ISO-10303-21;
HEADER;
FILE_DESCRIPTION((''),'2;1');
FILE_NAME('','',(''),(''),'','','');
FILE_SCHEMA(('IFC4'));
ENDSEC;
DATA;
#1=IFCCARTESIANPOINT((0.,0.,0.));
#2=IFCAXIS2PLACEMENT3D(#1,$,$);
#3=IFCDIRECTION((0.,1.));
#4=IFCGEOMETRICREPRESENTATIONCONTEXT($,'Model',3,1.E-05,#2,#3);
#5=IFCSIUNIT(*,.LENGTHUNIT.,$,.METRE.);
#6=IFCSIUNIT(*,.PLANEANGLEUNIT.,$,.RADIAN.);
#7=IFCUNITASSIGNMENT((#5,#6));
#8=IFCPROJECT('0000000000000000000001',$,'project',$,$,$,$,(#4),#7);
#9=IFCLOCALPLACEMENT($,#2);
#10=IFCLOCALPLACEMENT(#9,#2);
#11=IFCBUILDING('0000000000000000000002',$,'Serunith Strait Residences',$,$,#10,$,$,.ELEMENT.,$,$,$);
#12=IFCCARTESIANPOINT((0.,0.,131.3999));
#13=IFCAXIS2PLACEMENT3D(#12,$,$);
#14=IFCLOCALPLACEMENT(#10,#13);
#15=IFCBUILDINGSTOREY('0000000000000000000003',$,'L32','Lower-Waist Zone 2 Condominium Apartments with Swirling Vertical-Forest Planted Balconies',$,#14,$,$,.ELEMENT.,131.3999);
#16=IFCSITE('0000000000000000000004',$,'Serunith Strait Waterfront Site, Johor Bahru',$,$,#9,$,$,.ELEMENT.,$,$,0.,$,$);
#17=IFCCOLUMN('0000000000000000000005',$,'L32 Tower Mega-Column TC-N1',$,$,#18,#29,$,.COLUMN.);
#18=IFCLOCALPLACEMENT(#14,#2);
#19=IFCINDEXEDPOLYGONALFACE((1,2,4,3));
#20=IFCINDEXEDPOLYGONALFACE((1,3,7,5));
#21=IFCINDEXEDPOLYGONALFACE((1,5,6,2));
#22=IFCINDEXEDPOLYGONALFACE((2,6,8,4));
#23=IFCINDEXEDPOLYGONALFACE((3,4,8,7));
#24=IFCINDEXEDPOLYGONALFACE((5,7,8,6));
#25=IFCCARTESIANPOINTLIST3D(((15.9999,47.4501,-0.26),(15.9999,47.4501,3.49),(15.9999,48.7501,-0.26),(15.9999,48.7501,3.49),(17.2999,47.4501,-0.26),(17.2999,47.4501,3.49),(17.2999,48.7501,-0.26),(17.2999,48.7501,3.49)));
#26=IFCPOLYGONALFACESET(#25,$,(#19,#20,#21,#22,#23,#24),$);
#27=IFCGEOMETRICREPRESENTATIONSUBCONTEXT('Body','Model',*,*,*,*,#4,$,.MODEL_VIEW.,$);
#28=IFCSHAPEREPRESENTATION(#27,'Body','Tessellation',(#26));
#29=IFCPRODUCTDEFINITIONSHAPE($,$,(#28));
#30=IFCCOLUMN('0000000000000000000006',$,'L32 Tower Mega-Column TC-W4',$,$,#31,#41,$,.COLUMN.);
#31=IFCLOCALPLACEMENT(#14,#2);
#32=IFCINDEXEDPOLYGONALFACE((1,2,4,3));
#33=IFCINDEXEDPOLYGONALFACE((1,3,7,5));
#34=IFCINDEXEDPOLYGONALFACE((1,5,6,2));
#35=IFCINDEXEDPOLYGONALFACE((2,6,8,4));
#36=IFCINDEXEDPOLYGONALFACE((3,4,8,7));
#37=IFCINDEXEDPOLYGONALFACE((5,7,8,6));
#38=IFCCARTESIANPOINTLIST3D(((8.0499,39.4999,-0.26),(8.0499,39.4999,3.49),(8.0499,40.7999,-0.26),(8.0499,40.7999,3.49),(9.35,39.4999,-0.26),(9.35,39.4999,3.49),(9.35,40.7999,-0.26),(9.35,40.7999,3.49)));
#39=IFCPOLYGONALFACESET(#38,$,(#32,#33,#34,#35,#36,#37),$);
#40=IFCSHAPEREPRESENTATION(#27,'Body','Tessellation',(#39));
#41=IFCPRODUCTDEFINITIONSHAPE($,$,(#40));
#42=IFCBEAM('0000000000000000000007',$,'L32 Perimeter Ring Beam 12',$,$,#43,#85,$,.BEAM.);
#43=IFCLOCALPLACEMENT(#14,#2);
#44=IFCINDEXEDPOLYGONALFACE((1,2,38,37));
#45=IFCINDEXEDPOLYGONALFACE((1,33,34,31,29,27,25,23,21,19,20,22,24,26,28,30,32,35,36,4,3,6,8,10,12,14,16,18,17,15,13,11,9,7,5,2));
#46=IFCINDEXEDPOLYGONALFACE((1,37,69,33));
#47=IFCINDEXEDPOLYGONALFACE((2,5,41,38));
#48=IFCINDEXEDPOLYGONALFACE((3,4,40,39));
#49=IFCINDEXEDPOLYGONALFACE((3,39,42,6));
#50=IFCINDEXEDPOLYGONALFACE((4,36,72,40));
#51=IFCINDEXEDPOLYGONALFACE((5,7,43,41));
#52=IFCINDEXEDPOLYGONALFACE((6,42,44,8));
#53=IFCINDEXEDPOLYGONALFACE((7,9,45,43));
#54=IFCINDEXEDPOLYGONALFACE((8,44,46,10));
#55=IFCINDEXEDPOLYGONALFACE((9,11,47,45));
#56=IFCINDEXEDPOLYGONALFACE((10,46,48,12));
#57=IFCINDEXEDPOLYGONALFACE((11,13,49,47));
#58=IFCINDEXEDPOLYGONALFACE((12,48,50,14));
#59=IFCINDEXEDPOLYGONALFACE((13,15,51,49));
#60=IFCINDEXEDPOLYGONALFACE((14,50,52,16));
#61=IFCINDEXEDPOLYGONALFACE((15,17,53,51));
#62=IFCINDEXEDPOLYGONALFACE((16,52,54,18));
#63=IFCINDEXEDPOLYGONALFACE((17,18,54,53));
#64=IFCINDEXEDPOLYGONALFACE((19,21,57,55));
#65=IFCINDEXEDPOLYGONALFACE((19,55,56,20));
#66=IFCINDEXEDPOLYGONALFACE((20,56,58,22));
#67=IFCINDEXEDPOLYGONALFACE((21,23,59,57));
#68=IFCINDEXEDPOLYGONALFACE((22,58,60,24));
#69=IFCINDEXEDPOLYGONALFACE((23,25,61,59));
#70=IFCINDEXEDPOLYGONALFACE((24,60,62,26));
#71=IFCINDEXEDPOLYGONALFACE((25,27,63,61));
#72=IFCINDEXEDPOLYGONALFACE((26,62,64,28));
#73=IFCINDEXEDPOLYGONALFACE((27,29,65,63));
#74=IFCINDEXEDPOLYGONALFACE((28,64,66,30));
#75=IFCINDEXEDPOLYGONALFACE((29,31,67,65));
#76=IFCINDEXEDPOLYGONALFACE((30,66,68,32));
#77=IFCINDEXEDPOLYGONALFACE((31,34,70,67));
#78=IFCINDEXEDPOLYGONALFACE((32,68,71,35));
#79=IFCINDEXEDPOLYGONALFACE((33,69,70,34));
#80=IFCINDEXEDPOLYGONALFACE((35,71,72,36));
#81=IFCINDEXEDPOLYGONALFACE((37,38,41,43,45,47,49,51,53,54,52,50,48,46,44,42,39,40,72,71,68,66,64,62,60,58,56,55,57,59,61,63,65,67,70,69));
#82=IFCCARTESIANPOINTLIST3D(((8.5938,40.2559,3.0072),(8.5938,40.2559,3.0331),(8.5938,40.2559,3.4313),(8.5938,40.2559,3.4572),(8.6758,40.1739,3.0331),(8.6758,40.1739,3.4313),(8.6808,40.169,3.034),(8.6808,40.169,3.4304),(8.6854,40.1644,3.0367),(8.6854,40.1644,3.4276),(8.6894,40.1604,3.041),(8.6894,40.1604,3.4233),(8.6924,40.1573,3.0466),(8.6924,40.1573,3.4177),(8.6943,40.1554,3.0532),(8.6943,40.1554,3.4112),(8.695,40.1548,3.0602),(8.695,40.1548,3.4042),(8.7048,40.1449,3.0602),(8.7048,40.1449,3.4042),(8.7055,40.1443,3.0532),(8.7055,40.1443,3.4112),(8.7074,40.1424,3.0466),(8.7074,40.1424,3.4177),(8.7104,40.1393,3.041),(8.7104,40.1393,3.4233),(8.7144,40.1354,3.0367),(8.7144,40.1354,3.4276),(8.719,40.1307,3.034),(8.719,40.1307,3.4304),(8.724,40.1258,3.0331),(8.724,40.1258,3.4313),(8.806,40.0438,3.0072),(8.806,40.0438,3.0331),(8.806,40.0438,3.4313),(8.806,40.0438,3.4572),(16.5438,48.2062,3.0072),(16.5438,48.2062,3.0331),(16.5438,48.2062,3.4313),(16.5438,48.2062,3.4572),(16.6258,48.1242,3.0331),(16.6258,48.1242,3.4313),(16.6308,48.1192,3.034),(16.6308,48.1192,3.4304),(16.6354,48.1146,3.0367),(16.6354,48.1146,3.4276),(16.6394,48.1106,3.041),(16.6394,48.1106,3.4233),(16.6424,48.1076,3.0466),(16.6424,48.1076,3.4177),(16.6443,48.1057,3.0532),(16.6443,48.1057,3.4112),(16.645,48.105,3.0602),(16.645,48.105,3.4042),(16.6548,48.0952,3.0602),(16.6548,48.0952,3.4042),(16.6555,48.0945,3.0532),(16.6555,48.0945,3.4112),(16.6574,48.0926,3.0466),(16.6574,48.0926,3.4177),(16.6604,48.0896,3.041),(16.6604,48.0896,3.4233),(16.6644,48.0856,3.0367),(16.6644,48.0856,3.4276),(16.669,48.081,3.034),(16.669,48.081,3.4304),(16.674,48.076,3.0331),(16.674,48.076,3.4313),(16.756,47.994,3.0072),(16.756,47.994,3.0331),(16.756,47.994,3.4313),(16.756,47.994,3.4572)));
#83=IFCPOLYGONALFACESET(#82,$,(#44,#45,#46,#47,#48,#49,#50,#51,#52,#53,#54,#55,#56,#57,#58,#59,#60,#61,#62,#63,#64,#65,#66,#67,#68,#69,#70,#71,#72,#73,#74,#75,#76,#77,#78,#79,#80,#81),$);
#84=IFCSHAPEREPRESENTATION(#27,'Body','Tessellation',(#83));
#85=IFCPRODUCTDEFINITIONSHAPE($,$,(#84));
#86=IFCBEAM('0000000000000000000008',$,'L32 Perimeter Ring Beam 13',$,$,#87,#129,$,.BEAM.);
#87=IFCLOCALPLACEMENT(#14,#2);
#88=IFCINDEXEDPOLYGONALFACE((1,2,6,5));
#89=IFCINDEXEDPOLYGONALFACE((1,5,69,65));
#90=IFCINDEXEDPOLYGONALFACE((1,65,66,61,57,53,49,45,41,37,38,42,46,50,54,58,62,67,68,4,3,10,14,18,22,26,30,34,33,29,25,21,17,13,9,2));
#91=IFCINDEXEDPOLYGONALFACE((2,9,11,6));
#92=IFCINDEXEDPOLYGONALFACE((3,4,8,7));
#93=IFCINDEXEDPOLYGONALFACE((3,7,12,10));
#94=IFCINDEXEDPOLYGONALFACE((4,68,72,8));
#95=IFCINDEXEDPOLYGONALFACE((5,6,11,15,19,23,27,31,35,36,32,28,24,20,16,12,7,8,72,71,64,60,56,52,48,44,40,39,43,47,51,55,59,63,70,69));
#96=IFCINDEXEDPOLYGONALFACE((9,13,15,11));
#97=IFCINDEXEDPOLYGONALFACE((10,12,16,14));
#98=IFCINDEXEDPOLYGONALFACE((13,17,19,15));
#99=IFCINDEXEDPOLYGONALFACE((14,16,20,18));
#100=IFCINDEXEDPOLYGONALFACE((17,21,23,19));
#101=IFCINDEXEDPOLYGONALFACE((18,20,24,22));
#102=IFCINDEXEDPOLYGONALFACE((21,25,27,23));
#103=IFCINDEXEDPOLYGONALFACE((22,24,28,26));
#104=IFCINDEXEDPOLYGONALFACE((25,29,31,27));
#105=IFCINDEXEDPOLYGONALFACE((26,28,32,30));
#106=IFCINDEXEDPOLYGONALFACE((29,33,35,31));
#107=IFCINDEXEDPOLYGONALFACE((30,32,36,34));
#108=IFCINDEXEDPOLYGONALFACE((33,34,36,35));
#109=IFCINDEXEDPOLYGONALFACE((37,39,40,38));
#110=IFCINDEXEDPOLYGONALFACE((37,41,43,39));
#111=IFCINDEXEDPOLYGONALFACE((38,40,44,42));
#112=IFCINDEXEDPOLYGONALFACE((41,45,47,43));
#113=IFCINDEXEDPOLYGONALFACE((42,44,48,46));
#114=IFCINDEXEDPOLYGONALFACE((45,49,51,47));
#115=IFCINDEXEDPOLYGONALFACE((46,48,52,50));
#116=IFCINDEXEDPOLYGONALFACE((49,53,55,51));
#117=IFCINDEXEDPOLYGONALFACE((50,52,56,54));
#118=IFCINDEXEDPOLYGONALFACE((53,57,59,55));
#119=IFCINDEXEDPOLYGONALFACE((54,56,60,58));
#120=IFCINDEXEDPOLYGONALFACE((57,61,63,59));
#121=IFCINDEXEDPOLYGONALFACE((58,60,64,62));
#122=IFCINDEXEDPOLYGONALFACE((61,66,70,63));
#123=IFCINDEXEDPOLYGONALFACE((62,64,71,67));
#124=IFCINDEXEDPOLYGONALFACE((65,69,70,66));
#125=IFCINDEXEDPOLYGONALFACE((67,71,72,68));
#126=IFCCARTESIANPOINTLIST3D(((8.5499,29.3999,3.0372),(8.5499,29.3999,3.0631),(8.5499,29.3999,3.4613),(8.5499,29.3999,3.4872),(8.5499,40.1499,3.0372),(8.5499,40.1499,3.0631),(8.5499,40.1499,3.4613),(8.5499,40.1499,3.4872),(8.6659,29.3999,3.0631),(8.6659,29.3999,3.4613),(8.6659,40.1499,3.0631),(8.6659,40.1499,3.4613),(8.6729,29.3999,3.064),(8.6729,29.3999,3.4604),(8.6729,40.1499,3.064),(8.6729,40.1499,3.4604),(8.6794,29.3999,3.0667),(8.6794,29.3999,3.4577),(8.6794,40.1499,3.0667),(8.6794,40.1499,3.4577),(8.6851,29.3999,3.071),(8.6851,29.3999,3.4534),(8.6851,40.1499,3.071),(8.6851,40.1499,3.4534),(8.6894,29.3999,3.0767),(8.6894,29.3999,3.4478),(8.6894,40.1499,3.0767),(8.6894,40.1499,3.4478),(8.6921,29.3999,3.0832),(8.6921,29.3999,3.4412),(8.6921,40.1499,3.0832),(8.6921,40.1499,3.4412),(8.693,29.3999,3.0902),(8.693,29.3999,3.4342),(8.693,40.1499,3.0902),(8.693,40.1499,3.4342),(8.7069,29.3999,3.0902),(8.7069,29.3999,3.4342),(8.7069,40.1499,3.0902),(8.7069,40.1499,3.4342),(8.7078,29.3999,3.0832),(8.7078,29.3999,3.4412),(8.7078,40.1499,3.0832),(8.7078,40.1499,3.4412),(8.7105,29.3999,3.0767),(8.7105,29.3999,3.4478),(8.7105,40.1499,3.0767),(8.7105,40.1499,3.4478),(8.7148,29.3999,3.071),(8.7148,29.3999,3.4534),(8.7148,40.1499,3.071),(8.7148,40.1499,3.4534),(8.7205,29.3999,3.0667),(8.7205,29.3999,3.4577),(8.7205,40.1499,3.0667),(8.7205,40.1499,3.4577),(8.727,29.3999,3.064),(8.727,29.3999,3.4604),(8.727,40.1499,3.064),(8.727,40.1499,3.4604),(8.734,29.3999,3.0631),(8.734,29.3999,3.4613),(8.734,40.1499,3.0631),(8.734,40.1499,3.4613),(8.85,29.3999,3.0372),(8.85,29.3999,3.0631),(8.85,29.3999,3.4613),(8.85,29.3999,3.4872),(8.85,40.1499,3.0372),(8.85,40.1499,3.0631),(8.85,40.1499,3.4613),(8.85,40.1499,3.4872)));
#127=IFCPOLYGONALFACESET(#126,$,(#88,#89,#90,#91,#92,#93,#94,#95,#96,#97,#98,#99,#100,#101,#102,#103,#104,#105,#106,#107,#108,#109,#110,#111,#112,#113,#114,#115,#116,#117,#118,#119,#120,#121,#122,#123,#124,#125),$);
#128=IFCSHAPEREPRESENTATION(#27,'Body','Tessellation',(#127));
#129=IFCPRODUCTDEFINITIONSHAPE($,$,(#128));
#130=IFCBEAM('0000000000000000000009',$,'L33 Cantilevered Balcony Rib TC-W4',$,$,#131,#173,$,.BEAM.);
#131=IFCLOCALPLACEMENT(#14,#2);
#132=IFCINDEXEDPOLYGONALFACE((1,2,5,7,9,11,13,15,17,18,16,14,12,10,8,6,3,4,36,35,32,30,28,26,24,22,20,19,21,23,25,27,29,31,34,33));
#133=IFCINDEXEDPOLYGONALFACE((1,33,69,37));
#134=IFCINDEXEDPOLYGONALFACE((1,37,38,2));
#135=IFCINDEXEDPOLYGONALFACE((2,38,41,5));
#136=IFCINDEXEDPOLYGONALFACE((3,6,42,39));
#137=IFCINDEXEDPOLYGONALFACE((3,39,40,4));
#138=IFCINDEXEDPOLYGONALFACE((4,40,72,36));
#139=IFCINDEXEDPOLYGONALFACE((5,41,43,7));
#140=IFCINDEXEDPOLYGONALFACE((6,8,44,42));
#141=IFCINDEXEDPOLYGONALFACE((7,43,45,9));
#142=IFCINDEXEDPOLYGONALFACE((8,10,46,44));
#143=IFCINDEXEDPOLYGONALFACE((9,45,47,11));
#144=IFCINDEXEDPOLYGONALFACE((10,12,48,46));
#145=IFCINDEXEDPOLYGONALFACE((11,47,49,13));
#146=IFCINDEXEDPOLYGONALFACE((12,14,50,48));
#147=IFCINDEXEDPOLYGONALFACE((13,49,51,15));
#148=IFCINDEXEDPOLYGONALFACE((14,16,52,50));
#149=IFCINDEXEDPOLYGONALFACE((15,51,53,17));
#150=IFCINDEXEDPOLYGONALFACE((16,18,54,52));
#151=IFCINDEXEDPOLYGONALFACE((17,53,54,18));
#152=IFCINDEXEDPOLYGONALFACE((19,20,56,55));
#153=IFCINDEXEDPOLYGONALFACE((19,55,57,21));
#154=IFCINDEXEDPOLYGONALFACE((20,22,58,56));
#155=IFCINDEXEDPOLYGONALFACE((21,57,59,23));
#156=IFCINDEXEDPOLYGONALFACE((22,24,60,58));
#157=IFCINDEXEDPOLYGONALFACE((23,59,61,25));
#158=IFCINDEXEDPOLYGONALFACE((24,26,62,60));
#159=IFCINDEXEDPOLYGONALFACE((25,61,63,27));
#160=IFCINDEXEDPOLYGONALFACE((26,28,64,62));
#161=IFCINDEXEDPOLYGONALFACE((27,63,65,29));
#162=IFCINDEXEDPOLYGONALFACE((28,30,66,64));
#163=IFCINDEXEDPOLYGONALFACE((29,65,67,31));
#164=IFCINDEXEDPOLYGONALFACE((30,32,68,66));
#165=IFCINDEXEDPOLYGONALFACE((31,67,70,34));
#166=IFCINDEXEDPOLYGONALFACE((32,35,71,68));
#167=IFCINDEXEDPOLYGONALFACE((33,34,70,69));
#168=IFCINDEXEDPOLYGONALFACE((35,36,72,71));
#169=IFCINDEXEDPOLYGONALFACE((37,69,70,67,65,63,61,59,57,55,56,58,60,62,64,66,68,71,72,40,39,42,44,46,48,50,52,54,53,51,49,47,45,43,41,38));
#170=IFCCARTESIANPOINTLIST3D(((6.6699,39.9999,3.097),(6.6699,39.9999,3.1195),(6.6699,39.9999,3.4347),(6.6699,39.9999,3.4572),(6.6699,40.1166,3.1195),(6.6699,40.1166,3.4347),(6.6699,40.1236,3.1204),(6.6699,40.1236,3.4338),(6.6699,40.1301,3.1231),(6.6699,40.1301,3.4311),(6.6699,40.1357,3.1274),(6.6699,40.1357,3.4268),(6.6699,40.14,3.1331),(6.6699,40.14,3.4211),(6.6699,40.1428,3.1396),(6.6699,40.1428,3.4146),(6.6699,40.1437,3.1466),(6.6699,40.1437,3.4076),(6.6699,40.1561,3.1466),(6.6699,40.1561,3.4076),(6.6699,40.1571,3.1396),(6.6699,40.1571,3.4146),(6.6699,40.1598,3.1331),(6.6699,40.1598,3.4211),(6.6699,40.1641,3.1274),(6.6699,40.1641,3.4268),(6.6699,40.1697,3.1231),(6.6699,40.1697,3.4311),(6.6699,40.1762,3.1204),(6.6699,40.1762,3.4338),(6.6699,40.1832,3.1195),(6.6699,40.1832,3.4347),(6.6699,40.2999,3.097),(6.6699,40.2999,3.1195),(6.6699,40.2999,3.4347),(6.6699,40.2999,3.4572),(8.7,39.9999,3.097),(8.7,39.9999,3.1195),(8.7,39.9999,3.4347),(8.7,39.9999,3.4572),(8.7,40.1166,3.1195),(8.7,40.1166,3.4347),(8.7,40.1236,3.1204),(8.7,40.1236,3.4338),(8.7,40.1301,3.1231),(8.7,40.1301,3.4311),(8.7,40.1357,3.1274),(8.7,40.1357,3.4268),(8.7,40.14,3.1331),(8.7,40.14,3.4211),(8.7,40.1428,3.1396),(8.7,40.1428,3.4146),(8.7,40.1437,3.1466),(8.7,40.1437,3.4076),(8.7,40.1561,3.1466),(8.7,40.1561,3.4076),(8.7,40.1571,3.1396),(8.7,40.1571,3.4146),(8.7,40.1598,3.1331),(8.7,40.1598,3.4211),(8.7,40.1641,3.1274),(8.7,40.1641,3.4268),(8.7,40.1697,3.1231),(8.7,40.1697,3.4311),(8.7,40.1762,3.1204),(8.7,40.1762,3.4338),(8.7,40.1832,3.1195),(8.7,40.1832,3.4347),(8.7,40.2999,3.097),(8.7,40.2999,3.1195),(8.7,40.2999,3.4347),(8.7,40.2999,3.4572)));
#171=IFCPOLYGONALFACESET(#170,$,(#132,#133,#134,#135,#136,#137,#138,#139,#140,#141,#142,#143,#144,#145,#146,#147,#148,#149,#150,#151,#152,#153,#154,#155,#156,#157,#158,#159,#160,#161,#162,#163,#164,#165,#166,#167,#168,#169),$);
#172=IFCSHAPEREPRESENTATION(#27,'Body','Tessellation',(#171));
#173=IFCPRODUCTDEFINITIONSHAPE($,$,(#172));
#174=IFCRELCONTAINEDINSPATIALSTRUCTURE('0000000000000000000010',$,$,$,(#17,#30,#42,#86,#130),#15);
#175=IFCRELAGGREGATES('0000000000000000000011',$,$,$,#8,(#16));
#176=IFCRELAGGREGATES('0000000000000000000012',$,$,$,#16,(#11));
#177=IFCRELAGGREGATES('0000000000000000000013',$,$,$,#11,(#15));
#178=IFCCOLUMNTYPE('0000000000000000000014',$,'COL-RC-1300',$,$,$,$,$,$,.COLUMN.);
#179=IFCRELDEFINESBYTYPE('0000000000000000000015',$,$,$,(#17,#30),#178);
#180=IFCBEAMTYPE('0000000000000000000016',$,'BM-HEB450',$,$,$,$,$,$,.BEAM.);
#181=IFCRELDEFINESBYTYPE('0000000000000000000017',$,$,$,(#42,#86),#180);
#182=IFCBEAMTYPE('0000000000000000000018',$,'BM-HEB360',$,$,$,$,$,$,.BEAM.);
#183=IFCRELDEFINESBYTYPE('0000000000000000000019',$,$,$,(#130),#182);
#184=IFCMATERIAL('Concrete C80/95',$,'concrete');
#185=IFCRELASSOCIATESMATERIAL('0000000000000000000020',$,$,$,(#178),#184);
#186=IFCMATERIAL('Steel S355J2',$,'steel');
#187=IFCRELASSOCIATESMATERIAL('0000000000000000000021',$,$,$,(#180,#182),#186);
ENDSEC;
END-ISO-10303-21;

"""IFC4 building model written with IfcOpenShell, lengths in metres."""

from ifc_helpers import new_model, si_unit, direction, frame, origin, origin_2d, place, context, subcontext, project, spatial, rectangle, i_section, extrude, source, transform, mapped, material, material_profile, profile_set, type_object, element, save


model = new_model("IFC4")

# Units and contexts
model_context = context("Model", 3, precision=1e-05, world=origin(), true_north=direction((0.0, 1.0)))
body_context = subcontext(model_context, "Body", "Model", "MODEL_VIEW")
ifc_project = project(units=[si_unit("LENGTHUNIT", "METRE"), si_unit("PLANEANGLEUNIT", "RADIAN")], contexts=[model_context])

# Site, building, storey
site_placement = place(None, origin())
site = spatial("IfcSite", under=ifc_project, at=site_placement, Name="Serunith Strait Waterfront Site, Johor Bahru", CompositionType="ELEMENT", RefElevation=0.0)
building_placement = place(site_placement, origin())
building = spatial("IfcBuilding", under=site, at=building_placement, Name="Serunith Strait Residences", CompositionType="ELEMENT")
storey_placement = place(building_placement, frame((0.0, 0.0, 131.3999)))
storey = spatial("IfcBuildingStorey", under=building, at=storey_placement, Name="L32", Description="Lower-Waist Zone 2 Condominium Apartments with Swirling Vertical-Forest Planted Balconies", CompositionType="ELEMENT", Elevation=131.3999)

# Columns
ifc_material_1 = material(Name="Concrete C80/95", Category="concrete")
ifc_material_profile_1 = material_profile(ifc_material_1, rectangle(XDim=1.3, YDim=1.3, at=origin_2d()), Name="RC 1300x1300")
ifc_profile_set_1 = profile_set([ifc_material_profile_1], Name="Concrete C80/95")
column_type = type_object("IfcColumnType", Name="COL-RC-1300", PredefinedType="COLUMN", material=ifc_profile_set_1)
shared_shape_1 = source(origin(), body_context, "Body", "SweptSolid", [
    extrude(rectangle(XDim=1.3, YDim=1.3, at=origin_2d()), origin(), (0.0, 0.0, 1.0), 3.75),
])
for number, where, z_axis, x_axis, name in (
    (1, (16.6499, 48.1001, -0.26), (0.0, 0.0, 1.0), (1.0, 0.0, 0.0), "L32 Tower Mega-Column TC-N1"),
    (2, (8.7, 40.1499, -0.26), (0.0, 0.0, 1.0), (1.0, 0.0, 0.0), "L32 Tower Mega-Column TC-W4"),
):
    element("IfcColumn", number, at=place(storey_placement, frame(where, z_axis=z_axis, x_axis=x_axis)), inside=storey, type_object=column_type, Name=name, PredefinedType="COLUMN", context=body_context, shape_type="MappedRepresentation", body=[
        mapped(shared_shape_1, transform((0.0, 0.0, 0.0), scale=1.0)),
    ])

# Beams
ifc_material_2 = material(Name="Steel S355J2", Category="steel")
ifc_material_profile_2 = material_profile(ifc_material_2, i_section(OverallWidth=0.3, OverallDepth=0.45, WebThickness=0.0139, FlangeThickness=0.0259, FilletRadius=0.0271, at=origin_2d()), Name="HEB 450")
ifc_profile_set_2 = profile_set([ifc_material_profile_2], Name="Steel S355J2")
beam_type_1 = type_object("IfcBeamType", Name="BM-HEB450", PredefinedType="BEAM", material=ifc_profile_set_2)
shared_shape_2 = source(origin(), body_context, "Body", "SweptSolid", [
    extrude(i_section(OverallWidth=0.3, OverallDepth=0.45, WebThickness=0.0139, FlangeThickness=0.0259, FilletRadius=0.0271, at=origin_2d()), origin(), (0.0, 0.0, 1.0), 11.2432),
])
beam_1_placement = place(storey_placement, frame((16.6499, 48.1001, 3.2322), z_axis=(-0.707096, -0.707118, 0.0), x_axis=(0.707118, -0.707096, 0.0)))
element("IfcBeam", 3, at=beam_1_placement, inside=storey, type_object=beam_type_1, Name="L32 Perimeter Ring Beam 12", PredefinedType="BEAM", context=body_context, shape_type="MappedRepresentation", body=[
    mapped(shared_shape_2, transform((0.0, 0.0, 0.0), scale=1.0)),
])
shared_shape_3 = source(origin(), body_context, "Body", "SweptSolid", [
    extrude(i_section(OverallWidth=0.3, OverallDepth=0.45, WebThickness=0.0139, FlangeThickness=0.0259, FilletRadius=0.0271, at=origin_2d()), origin(), (0.0, 0.0, 1.0), 10.75),
])
beam_2_placement = place(storey_placement, frame((8.7, 40.1499, 3.2622), z_axis=(0.0, -1.0, 0.0), x_axis=(1.0, 0.0, 0.0)))
element("IfcBeam", 4, at=beam_2_placement, inside=storey, type_object=beam_type_1, Name="L32 Perimeter Ring Beam 13", PredefinedType="BEAM", context=body_context, shape_type="MappedRepresentation", body=[
    mapped(shared_shape_3, transform((0.0, 0.0, 0.0), scale=1.0)),
])
ifc_material_profile_3 = material_profile(ifc_material_2, i_section(OverallWidth=0.3, OverallDepth=0.3601, WebThickness=0.0125, FlangeThickness=0.0225, FilletRadius=0.0271, at=origin_2d()), Name="HEB 360")
ifc_profile_set_3 = profile_set([ifc_material_profile_3], Name="Steel S355J2")
beam_type_2 = type_object("IfcBeamType", Name="BM-HEB360", PredefinedType="BEAM", material=ifc_profile_set_3)
shared_shape_4 = source(origin(), body_context, "Body", "SweptSolid", [
    extrude(i_section(OverallWidth=0.3, OverallDepth=0.3601, WebThickness=0.0125, FlangeThickness=0.0225, FilletRadius=0.0271, at=origin_2d()), origin(), (0.0, 0.0, 1.0), 2.03),
])
beam_3_placement = place(storey_placement, frame((8.7, 40.1499, 3.2771), z_axis=(-1.0, 0.0, 0.0), x_axis=(0.0, -1.0, 0.0)))
element("IfcBeam", 5, at=beam_3_placement, inside=storey, type_object=beam_type_2, Name="L33 Cantilevered Balcony Rib TC-W4", PredefinedType="BEAM", context=body_context, shape_type="MappedRepresentation", body=[
    mapped(shared_shape_4, transform((0.0, 0.0, 0.0), scale=1.0)),
])

save(model, "model.ifc")
